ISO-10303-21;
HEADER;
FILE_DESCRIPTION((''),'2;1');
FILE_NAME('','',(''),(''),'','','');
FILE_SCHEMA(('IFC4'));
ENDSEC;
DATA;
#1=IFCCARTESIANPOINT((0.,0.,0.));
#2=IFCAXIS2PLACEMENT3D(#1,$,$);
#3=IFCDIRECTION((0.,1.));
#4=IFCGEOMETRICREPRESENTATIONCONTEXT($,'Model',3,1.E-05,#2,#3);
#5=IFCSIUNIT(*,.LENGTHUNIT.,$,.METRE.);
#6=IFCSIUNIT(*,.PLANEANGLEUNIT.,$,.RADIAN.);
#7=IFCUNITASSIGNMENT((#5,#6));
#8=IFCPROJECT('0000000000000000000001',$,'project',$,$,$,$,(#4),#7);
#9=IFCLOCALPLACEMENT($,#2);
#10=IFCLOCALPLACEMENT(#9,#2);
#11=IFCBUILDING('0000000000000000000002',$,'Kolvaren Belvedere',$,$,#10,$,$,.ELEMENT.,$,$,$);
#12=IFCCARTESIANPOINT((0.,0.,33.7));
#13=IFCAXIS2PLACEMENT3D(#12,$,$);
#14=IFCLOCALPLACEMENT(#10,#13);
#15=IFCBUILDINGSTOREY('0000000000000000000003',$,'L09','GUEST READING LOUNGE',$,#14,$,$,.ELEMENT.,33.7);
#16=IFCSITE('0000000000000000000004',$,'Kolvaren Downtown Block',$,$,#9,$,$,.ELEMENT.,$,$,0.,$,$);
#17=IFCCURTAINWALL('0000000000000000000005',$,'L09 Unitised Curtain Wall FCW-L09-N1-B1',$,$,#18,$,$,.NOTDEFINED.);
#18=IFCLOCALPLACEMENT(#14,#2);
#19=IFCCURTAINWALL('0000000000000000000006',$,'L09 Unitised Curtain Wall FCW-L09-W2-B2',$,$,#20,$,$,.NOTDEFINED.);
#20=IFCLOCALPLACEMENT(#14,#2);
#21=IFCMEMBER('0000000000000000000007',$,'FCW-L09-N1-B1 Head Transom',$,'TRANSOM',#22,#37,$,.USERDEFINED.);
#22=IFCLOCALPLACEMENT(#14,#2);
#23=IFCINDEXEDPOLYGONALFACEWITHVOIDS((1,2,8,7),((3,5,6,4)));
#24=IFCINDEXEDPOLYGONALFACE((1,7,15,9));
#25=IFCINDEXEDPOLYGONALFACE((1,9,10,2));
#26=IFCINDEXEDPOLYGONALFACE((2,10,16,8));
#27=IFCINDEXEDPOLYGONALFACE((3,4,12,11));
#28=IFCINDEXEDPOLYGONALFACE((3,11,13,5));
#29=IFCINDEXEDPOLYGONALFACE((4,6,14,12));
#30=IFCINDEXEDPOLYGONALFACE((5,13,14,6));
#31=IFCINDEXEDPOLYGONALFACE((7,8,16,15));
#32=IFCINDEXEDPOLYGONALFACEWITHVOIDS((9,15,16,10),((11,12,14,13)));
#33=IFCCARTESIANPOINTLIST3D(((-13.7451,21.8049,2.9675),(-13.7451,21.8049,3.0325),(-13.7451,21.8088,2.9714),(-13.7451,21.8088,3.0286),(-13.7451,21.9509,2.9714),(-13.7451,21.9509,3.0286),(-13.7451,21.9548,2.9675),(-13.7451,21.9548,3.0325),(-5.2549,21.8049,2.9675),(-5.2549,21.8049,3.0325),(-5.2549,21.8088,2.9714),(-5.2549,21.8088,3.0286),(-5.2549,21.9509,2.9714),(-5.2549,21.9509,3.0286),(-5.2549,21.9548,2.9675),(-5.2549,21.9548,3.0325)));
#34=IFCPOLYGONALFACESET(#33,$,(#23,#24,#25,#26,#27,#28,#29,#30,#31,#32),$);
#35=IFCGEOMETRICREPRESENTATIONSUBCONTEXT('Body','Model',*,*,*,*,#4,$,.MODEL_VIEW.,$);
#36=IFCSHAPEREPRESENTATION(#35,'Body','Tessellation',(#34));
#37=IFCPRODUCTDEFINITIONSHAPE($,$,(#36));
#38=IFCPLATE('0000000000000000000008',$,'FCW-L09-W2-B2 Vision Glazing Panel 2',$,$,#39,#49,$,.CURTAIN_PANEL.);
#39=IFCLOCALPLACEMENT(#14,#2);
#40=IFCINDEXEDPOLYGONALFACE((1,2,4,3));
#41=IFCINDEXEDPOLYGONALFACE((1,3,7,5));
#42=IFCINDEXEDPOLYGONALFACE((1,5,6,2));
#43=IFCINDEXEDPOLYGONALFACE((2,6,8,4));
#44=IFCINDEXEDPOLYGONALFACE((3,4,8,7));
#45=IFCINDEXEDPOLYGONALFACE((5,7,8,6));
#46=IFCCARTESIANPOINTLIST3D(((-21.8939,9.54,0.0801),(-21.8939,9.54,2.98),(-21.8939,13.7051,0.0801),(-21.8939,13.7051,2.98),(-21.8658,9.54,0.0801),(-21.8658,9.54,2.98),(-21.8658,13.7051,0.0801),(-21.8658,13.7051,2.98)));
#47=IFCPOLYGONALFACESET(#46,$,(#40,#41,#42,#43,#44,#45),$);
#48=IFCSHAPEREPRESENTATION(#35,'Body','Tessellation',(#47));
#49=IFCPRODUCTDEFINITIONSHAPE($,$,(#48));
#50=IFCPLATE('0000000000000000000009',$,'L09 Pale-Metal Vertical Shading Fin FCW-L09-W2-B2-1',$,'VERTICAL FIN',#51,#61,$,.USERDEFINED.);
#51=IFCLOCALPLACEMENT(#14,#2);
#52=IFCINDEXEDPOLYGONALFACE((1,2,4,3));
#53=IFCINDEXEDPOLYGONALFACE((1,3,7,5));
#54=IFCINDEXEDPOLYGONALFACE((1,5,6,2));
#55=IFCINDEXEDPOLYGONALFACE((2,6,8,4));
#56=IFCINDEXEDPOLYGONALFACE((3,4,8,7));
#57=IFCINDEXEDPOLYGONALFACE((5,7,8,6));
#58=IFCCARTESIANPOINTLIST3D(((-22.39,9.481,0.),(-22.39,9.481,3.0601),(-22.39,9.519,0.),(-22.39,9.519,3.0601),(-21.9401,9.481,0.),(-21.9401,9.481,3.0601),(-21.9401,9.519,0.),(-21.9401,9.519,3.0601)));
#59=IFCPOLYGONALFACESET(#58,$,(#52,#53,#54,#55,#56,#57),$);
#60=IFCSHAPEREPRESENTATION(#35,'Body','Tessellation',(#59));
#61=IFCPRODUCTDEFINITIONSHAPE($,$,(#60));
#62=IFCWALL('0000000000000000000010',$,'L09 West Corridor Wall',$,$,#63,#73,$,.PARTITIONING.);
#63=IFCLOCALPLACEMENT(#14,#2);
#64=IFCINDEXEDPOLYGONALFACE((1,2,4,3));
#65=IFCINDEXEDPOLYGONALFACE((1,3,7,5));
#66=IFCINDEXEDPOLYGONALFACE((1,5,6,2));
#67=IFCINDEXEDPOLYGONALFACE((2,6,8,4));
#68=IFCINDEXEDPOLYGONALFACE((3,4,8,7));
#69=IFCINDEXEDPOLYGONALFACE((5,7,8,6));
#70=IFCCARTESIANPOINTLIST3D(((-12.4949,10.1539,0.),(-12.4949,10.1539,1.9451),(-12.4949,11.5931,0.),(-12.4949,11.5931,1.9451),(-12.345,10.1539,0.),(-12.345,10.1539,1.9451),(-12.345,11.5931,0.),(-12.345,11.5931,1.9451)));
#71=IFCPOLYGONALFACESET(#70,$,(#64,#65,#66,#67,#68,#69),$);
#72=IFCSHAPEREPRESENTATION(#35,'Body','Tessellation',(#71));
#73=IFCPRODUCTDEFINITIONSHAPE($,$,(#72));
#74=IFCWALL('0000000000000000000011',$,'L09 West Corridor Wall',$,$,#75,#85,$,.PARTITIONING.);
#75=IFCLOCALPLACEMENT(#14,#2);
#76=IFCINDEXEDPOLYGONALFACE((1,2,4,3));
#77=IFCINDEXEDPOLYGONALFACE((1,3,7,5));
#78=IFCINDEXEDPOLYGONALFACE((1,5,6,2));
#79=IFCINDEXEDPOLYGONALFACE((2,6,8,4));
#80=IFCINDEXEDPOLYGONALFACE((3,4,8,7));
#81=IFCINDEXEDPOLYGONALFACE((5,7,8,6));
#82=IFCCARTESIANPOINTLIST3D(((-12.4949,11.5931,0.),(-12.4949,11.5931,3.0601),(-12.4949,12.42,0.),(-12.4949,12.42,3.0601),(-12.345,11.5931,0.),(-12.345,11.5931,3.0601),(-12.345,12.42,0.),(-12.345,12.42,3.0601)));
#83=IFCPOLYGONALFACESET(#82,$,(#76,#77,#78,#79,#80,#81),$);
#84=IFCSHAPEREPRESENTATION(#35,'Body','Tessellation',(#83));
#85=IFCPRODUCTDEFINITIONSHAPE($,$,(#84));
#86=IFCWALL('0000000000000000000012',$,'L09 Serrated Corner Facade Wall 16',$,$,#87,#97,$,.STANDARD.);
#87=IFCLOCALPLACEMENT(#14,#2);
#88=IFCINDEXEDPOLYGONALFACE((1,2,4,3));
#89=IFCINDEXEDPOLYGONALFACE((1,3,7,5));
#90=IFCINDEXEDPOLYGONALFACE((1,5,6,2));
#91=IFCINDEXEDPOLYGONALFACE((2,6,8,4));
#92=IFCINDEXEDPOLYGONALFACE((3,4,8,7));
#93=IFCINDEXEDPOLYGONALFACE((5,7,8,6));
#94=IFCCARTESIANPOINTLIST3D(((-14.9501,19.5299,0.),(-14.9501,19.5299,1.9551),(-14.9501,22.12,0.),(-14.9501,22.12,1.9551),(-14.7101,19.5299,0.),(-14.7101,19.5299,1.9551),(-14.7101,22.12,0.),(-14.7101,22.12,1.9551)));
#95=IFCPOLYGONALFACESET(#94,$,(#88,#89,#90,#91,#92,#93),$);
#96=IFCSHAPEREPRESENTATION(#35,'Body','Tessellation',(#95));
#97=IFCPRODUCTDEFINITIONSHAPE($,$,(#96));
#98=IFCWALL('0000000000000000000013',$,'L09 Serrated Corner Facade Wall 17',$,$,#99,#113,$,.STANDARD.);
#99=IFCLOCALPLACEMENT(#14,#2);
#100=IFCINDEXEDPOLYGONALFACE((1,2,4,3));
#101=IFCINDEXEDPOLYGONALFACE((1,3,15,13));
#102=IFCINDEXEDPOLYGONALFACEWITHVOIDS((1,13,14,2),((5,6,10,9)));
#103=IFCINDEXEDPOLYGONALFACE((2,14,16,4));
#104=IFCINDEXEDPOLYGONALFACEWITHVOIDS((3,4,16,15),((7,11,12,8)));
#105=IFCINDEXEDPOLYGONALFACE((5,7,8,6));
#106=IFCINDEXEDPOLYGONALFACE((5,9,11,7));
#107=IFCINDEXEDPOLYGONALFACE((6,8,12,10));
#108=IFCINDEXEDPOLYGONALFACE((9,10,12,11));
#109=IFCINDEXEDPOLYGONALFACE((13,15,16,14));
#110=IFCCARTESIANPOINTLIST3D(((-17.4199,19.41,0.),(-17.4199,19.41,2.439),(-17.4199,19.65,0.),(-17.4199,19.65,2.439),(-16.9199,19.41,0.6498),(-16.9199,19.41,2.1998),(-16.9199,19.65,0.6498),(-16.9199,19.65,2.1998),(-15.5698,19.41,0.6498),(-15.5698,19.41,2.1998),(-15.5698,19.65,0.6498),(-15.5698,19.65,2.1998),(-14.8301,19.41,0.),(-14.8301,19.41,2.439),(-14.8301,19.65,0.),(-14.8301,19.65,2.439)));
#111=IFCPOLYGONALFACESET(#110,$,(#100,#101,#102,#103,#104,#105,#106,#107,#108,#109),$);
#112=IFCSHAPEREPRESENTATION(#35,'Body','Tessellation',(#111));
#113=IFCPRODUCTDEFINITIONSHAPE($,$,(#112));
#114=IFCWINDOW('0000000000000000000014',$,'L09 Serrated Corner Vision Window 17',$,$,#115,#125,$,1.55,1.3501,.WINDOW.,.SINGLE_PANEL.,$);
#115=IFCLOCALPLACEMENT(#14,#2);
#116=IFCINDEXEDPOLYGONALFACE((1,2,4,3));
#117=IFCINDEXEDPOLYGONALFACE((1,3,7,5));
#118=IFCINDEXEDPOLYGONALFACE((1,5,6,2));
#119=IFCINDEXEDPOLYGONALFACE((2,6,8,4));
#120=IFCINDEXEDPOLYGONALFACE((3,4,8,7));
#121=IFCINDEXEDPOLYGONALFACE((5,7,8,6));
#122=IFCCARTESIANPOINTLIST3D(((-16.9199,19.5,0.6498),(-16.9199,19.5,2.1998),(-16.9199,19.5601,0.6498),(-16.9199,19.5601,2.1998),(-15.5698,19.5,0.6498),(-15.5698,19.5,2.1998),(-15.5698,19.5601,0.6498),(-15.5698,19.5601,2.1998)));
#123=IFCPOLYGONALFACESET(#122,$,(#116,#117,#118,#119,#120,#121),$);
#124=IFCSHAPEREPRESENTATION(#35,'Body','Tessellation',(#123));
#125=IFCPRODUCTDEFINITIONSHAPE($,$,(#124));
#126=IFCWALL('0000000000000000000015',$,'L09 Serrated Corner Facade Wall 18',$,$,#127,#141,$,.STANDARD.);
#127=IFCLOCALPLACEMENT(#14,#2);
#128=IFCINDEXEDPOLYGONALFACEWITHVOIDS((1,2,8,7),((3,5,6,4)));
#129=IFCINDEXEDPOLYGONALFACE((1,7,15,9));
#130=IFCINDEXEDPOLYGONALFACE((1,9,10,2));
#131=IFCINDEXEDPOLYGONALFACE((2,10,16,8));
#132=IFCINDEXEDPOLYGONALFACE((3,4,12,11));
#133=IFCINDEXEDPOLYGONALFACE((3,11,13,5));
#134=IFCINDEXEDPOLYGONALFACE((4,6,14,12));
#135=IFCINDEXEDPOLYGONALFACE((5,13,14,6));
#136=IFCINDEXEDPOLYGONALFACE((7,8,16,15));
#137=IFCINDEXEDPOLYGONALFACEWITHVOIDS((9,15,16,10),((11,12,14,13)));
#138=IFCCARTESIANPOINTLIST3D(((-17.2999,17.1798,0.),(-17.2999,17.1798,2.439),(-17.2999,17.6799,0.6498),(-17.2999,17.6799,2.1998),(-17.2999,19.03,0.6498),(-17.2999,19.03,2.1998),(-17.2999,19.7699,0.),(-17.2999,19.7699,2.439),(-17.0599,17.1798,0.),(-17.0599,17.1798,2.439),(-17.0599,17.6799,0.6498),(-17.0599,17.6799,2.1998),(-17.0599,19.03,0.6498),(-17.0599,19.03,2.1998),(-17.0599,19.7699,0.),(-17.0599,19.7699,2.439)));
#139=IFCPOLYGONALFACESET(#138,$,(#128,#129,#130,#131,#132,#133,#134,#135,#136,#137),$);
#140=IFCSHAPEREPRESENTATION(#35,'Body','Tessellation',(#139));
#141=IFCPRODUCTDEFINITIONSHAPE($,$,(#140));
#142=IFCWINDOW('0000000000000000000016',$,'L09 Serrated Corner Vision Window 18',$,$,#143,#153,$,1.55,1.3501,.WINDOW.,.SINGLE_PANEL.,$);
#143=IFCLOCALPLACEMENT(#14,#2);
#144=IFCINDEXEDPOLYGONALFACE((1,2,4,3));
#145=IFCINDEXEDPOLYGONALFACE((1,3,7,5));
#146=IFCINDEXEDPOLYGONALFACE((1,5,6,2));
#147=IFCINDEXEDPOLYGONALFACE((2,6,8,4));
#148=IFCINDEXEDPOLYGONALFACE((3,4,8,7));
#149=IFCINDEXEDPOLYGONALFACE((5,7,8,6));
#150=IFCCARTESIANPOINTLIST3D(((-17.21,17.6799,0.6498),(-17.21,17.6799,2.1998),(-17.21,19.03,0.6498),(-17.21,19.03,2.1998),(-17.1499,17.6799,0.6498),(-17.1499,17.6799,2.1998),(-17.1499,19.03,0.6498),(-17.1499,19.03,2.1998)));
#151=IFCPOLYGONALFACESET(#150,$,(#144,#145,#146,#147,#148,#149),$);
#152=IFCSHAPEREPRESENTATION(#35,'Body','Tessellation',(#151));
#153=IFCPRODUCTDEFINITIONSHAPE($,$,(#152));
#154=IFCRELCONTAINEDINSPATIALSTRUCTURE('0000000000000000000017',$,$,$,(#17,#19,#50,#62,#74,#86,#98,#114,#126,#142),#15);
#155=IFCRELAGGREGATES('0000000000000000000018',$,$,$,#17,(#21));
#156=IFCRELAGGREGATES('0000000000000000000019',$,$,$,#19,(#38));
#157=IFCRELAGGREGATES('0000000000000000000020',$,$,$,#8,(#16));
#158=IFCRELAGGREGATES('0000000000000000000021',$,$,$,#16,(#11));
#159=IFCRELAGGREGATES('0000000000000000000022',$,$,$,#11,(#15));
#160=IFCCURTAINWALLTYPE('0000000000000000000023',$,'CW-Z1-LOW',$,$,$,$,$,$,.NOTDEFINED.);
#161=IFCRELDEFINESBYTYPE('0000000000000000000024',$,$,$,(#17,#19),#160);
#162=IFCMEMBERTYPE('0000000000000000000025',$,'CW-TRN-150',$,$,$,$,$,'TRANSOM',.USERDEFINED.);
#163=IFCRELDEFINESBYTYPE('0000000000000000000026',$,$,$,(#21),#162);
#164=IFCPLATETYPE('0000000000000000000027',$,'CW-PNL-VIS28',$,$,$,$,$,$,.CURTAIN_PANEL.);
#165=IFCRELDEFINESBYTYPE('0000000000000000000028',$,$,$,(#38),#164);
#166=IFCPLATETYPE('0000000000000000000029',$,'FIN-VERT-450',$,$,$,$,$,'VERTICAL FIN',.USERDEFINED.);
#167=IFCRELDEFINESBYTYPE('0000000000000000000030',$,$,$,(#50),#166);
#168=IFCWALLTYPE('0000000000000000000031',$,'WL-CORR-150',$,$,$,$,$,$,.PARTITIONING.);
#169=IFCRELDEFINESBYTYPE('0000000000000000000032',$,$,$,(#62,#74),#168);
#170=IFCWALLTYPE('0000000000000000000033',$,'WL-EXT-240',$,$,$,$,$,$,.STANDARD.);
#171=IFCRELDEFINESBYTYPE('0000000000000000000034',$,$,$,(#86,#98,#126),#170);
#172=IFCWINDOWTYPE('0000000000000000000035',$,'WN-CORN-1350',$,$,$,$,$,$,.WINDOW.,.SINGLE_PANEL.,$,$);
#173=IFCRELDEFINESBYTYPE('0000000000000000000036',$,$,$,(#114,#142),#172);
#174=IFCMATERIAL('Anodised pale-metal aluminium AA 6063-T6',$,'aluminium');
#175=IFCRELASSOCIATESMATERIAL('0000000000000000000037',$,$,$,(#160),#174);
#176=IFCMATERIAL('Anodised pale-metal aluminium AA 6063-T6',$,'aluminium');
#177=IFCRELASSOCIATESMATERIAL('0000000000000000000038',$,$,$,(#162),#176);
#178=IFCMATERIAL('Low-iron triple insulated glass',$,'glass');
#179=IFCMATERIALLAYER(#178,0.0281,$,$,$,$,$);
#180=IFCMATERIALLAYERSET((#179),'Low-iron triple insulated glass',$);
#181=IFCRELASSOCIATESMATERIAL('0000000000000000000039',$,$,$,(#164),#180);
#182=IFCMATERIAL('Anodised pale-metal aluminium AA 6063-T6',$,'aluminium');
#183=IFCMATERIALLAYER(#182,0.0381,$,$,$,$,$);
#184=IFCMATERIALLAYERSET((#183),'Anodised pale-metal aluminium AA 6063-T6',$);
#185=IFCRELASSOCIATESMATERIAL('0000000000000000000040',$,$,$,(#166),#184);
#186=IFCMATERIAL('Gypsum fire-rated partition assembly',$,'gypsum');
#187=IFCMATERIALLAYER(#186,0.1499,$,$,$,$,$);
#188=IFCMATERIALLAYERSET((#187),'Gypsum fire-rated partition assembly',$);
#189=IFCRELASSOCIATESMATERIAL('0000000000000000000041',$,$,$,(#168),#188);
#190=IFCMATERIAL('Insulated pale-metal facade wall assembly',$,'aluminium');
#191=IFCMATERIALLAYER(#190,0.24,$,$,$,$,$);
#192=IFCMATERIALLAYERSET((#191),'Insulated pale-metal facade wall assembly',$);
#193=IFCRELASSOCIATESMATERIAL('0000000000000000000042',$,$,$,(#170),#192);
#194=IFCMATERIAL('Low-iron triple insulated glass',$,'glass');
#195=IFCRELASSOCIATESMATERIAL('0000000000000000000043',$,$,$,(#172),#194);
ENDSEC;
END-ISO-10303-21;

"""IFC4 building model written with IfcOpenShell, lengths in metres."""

from ifc_helpers import new_model, si_unit, direction, frame, frame_2d, origin, origin_2d, place, context, subcontext, project, spatial, rectangle, hollow_rectangle, extrude, material, layer, layer_set, material_profile, profile_set, type_object, element, fill, aggregate, save


model = new_model("IFC4")

# Units and contexts
model_context = context("Model", 3, precision=1e-05, world=origin(), true_north=direction((0.0, 1.0)))
body_context = subcontext(model_context, "Body", "Model", "MODEL_VIEW")
ifc_project = project(units=[si_unit("LENGTHUNIT", "METRE"), si_unit("PLANEANGLEUNIT", "RADIAN")], contexts=[model_context])

# Site, building, storey
site_placement = place(None, origin())
site = spatial("IfcSite", under=ifc_project, at=site_placement, Name="Kolvaren Downtown Block", CompositionType="ELEMENT", RefElevation=0.0)
building_placement = place(site_placement, origin())
building = spatial("IfcBuilding", under=site, at=building_placement, Name="Kolvaren Belvedere", CompositionType="ELEMENT")
storey_placement = place(building_placement, frame((0.0, 0.0, 33.7)))
storey = spatial("IfcBuildingStorey", under=building, at=storey_placement, Name="L09", Description="GUEST READING LOUNGE", CompositionType="ELEMENT", Elevation=33.7)

# Curtain wall
ifc_material_1 = material(Name="Anodised pale-metal aluminium AA 6063-T6", Category="aluminium")
curtain_wall_type = type_object("IfcCurtainWallType", Name="CW-Z1-LOW", PredefinedType="NOTDEFINED", material=ifc_material_1)
curtain_wall_1_placement = place(storey_placement, origin())
curtain_wall_1 = element("IfcCurtainWall", 1, at=curtain_wall_1_placement, inside=storey, type_object=curtain_wall_type, Name="L09 Unitised Curtain Wall FCW-L09-N1-B1", PredefinedType="NOTDEFINED")

# Curtain wall
curtain_wall_2_placement = place(storey_placement, origin())
curtain_wall_2 = element("IfcCurtainWall", 2, at=curtain_wall_2_placement, inside=storey, type_object=curtain_wall_type, Name="L09 Unitised Curtain Wall FCW-L09-W2-B2", PredefinedType="NOTDEFINED")

# Member
ifc_material_2 = material(Name="Anodised pale-metal aluminium AA 6063-T6", Category="aluminium")
ifc_material_profile_1 = material_profile(ifc_material_2, hollow_rectangle(XDim=0.0649, YDim=0.1499, WallThickness=0.0039, at=origin_2d()), Name="ALU-TRN-150X65")
ifc_profile_set_1 = profile_set([ifc_material_profile_1], Name="Anodised pale-metal aluminium AA 6063-T6")
member_type_1 = type_object("IfcMemberType", Name="CW-TRN-150", ElementType="TRANSOM", PredefinedType="USERDEFINED", material=ifc_profile_set_1)
member_1_placement = place(storey_placement, frame((-13.7451, 21.8799, 3.0), z_axis=(1.0, 0.0, 0.0), x_axis=(0.0, 0.0, 1.0)))
member_1 = element("IfcMember", 3, at=member_1_placement, type_object=member_type_1, Name="FCW-L09-N1-B1 Head Transom", ObjectType="TRANSOM", PredefinedType="USERDEFINED", context=body_context, shape_type="SweptSolid", body=[
    extrude(hollow_rectangle(XDim=0.0649, YDim=0.1499, WallThickness=0.0039, at=origin_2d()), origin(), (0.0, 0.0, 1.0), 8.4902),
])
aggregate(curtain_wall_1, [member_1])

# Plates
ifc_material_3 = material(Name="Low-iron triple insulated glass", Category="glass")
ifc_layer_1 = layer(ifc_material_3, 0.0281)
ifc_layer_set_1 = layer_set([ifc_layer_1], Name="Low-iron triple insulated glass")
plate_type_1 = type_object("IfcPlateType", Name="CW-PNL-VIS28", PredefinedType="CURTAIN_PANEL", material=ifc_layer_set_1)
plate_1_placement = place(storey_placement, frame((-21.8799, 11.6226, 0.0801), z_axis=(0.0, 0.0, 1.0), x_axis=(0.0, 1.0, 0.0)))
plate_1 = element("IfcPlate", 4, at=plate_1_placement, type_object=plate_type_1, Name="FCW-L09-W2-B2 Vision Glazing Panel 2", PredefinedType="CURTAIN_PANEL", context=body_context, shape_type="SweptSolid", body=[
    extrude(rectangle(XDim=4.165, YDim=0.0281, at=origin_2d()), origin(), (0.0, 0.0, 1.0), 2.8999),
])
aggregate(curtain_wall_2, [plate_1])
ifc_material_4 = material(Name="Anodised pale-metal aluminium AA 6063-T6", Category="aluminium")
ifc_layer_2 = layer(ifc_material_4, 0.0381)
ifc_layer_set_2 = layer_set([ifc_layer_2], Name="Anodised pale-metal aluminium AA 6063-T6")
plate_type_2 = type_object("IfcPlateType", Name="FIN-VERT-450", ElementType="VERTICAL FIN", PredefinedType="USERDEFINED", material=ifc_layer_set_2)
plate_2_placement = place(storey_placement, frame((-22.165, 9.5, 0.0), z_axis=(0.0, 0.0, 1.0), x_axis=(1.0, 0.0, 0.0)))
element("IfcPlate", 5, at=plate_2_placement, inside=storey, type_object=plate_type_2, Name="L09 Pale-Metal Vertical Shading Fin FCW-L09-W2-B2-1", ObjectType="VERTICAL FIN", PredefinedType="USERDEFINED", context=body_context, shape_type="SweptSolid", body=[
    extrude(rectangle(XDim=0.45, YDim=0.0381, at=origin_2d()), origin(), (0.0, 0.0, 1.0), 3.0601),
])

# Walls
ifc_material_5 = material(Name="Gypsum fire-rated partition assembly", Category="gypsum")
ifc_layer_3 = layer(ifc_material_5, 0.1499)
ifc_layer_set_3 = layer_set([ifc_layer_3], Name="Gypsum fire-rated partition assembly")
wall_type_1 = type_object("IfcWallType", Name="WL-CORR-150", PredefinedType="PARTITIONING", material=ifc_layer_set_3)
wall_1_placement = place(storey_placement, frame((-12.4199, 10.1538, 0.0), z_axis=(0.0, 0.0, 1.0), x_axis=(0.0, 1.0, 0.0)))
element("IfcWall", 6, at=wall_1_placement, inside=storey, type_object=wall_type_1, Name="L09 West Corridor Wall", PredefinedType="PARTITIONING", context=body_context, shape_type="SweptSolid", body=[
    extrude(rectangle(XDim=1.4392, YDim=0.1499, at=frame_2d((0.7197, 0.0))), origin(), (0.0, 0.0, 1.0), 1.9451),
])
wall_2_placement = place(storey_placement, frame((-12.4199, 11.593, 0.0), z_axis=(0.0, 0.0, 1.0), x_axis=(0.0, 1.0, 0.0)))
element("IfcWall", 7, at=wall_2_placement, inside=storey, type_object=wall_type_1, Name="L09 West Corridor Wall", PredefinedType="PARTITIONING", context=body_context, shape_type="SweptSolid", body=[
    extrude(rectangle(XDim=0.8269, YDim=0.1499, at=frame_2d((0.4136, 0.0))), origin(), (0.0, 0.0, 1.0), 3.0601),
])
ifc_material_6 = material(Name="Insulated pale-metal facade wall assembly", Category="aluminium")
ifc_layer_4 = layer(ifc_material_6, 0.24)
ifc_layer_set_4 = layer_set([ifc_layer_4], Name="Insulated pale-metal facade wall assembly")
wall_type_2 = type_object("IfcWallType", Name="WL-EXT-240", PredefinedType="STANDARD", material=ifc_layer_set_4)
wall_3_placement = place(storey_placement, frame((-14.8301, 19.53, 0.0), z_axis=(0.0, 0.0, 1.0), x_axis=(0.0, 1.0, 0.0)))
element("IfcWall", 8, at=wall_3_placement, inside=storey, type_object=wall_type_2, Name="L09 Serrated Corner Facade Wall 16", PredefinedType="STANDARD", context=body_context, shape_type="SweptSolid", body=[
    extrude(rectangle(XDim=2.5901, YDim=0.24, at=frame_2d((1.2949, 0.0))), origin(), (0.0, 0.0, 1.0), 1.9551),
])

# Walls, openings, windows
wall_4_placement = place(storey_placement, frame((-17.4199, 19.53, 0.0), z_axis=(0.0, 0.0, 1.0), x_axis=(1.0, 0.0, 0.0)))
wall_4 = element("IfcWall", 9, at=wall_4_placement, inside=storey, type_object=wall_type_2, Name="L09 Serrated Corner Facade Wall 17", PredefinedType="STANDARD", context=body_context, shape_type="SweptSolid", body=[
    extrude(rectangle(XDim=2.5898, YDim=0.24, at=frame_2d((1.2949, 0.0))), origin(), (0.0, 0.0, 1.0), 2.439),
])
opening_1_placement = place(wall_4_placement, frame((0.5, 0.0, 0.6499)))
opening_1 = element("IfcOpeningElement", 10, at=opening_1_placement, cuts=wall_4, PredefinedType="OPENING", context=body_context, shape_type="SweptSolid", body=[
    extrude(rectangle(XDim=1.3501, YDim=1.55, at=frame_2d((0.675, 0.7749))), frame((0.0, 0.1299, 0.0), z_axis=(0.0, -1.0, 0.0), x_axis=(1.0, 0.0, 0.0)), (0.0, 0.0, 1.0), 0.26),
])
ifc_material_7 = material(Name="Low-iron triple insulated glass", Category="glass")
window_type = type_object("IfcWindowType", Name="WN-CORN-1350", PartitioningType="SINGLE_PANEL", PredefinedType="WINDOW", material=ifc_material_7)
window_1_placement = place(opening_1_placement, origin())
window_1 = element("IfcWindow", 11, at=window_1_placement, inside=storey, type_object=window_type, Name="L09 Serrated Corner Vision Window 17", OverallHeight=1.55, OverallWidth=1.3501, PartitioningType="SINGLE_PANEL", PredefinedType="WINDOW", context=body_context, shape_type="SweptSolid", body=[
    extrude(rectangle(XDim=1.3501, YDim=1.55, at=frame_2d((0.675, 0.7749))), frame((0.0, 0.03, 0.0), z_axis=(0.0, -1.0, 0.0), x_axis=(1.0, 0.0, 0.0)), (0.0, 0.0, 1.0), 0.0601),
])
fill(opening_1, window_1)
wall_5_placement = place(storey_placement, frame((-17.1799, 17.1799, 0.0), z_axis=(0.0, 0.0, 1.0), x_axis=(0.0, 1.0, 0.0)))
wall_5 = element("IfcWall", 12, at=wall_5_placement, inside=storey, type_object=wall_type_2, Name="L09 Serrated Corner Facade Wall 18", PredefinedType="STANDARD", context=body_context, shape_type="SweptSolid", body=[
    extrude(rectangle(XDim=2.5901, YDim=0.24, at=frame_2d((1.2949, 0.0))), origin(), (0.0, 0.0, 1.0), 2.439),
])
opening_2_placement = place(wall_5_placement, frame((0.5, 0.0, 0.6499)))
opening_2 = element("IfcOpeningElement", 13, at=opening_2_placement, cuts=wall_5, PredefinedType="OPENING", context=body_context, shape_type="SweptSolid", body=[
    extrude(rectangle(XDim=1.3501, YDim=1.55, at=frame_2d((0.675, 0.7749))), frame((0.0, 0.1299, 0.0), z_axis=(0.0, -1.0, 0.0), x_axis=(1.0, 0.0, 0.0)), (0.0, 0.0, 1.0), 0.26),
])
window_2_placement = place(opening_2_placement, origin())
window_2 = element("IfcWindow", 14, at=window_2_placement, inside=storey, type_object=window_type, Name="L09 Serrated Corner Vision Window 18", OverallHeight=1.55, OverallWidth=1.3501, PartitioningType="SINGLE_PANEL", PredefinedType="WINDOW", context=body_context, shape_type="SweptSolid", body=[
    extrude(rectangle(XDim=1.3501, YDim=1.55, at=frame_2d((0.675, 0.7749))), frame((0.0, 0.03, 0.0), z_axis=(0.0, -1.0, 0.0), x_axis=(1.0, 0.0, 0.0)), (0.0, 0.0, 1.0), 0.0601),
])
fill(opening_2, window_2)

save(model, "model.ifc")
